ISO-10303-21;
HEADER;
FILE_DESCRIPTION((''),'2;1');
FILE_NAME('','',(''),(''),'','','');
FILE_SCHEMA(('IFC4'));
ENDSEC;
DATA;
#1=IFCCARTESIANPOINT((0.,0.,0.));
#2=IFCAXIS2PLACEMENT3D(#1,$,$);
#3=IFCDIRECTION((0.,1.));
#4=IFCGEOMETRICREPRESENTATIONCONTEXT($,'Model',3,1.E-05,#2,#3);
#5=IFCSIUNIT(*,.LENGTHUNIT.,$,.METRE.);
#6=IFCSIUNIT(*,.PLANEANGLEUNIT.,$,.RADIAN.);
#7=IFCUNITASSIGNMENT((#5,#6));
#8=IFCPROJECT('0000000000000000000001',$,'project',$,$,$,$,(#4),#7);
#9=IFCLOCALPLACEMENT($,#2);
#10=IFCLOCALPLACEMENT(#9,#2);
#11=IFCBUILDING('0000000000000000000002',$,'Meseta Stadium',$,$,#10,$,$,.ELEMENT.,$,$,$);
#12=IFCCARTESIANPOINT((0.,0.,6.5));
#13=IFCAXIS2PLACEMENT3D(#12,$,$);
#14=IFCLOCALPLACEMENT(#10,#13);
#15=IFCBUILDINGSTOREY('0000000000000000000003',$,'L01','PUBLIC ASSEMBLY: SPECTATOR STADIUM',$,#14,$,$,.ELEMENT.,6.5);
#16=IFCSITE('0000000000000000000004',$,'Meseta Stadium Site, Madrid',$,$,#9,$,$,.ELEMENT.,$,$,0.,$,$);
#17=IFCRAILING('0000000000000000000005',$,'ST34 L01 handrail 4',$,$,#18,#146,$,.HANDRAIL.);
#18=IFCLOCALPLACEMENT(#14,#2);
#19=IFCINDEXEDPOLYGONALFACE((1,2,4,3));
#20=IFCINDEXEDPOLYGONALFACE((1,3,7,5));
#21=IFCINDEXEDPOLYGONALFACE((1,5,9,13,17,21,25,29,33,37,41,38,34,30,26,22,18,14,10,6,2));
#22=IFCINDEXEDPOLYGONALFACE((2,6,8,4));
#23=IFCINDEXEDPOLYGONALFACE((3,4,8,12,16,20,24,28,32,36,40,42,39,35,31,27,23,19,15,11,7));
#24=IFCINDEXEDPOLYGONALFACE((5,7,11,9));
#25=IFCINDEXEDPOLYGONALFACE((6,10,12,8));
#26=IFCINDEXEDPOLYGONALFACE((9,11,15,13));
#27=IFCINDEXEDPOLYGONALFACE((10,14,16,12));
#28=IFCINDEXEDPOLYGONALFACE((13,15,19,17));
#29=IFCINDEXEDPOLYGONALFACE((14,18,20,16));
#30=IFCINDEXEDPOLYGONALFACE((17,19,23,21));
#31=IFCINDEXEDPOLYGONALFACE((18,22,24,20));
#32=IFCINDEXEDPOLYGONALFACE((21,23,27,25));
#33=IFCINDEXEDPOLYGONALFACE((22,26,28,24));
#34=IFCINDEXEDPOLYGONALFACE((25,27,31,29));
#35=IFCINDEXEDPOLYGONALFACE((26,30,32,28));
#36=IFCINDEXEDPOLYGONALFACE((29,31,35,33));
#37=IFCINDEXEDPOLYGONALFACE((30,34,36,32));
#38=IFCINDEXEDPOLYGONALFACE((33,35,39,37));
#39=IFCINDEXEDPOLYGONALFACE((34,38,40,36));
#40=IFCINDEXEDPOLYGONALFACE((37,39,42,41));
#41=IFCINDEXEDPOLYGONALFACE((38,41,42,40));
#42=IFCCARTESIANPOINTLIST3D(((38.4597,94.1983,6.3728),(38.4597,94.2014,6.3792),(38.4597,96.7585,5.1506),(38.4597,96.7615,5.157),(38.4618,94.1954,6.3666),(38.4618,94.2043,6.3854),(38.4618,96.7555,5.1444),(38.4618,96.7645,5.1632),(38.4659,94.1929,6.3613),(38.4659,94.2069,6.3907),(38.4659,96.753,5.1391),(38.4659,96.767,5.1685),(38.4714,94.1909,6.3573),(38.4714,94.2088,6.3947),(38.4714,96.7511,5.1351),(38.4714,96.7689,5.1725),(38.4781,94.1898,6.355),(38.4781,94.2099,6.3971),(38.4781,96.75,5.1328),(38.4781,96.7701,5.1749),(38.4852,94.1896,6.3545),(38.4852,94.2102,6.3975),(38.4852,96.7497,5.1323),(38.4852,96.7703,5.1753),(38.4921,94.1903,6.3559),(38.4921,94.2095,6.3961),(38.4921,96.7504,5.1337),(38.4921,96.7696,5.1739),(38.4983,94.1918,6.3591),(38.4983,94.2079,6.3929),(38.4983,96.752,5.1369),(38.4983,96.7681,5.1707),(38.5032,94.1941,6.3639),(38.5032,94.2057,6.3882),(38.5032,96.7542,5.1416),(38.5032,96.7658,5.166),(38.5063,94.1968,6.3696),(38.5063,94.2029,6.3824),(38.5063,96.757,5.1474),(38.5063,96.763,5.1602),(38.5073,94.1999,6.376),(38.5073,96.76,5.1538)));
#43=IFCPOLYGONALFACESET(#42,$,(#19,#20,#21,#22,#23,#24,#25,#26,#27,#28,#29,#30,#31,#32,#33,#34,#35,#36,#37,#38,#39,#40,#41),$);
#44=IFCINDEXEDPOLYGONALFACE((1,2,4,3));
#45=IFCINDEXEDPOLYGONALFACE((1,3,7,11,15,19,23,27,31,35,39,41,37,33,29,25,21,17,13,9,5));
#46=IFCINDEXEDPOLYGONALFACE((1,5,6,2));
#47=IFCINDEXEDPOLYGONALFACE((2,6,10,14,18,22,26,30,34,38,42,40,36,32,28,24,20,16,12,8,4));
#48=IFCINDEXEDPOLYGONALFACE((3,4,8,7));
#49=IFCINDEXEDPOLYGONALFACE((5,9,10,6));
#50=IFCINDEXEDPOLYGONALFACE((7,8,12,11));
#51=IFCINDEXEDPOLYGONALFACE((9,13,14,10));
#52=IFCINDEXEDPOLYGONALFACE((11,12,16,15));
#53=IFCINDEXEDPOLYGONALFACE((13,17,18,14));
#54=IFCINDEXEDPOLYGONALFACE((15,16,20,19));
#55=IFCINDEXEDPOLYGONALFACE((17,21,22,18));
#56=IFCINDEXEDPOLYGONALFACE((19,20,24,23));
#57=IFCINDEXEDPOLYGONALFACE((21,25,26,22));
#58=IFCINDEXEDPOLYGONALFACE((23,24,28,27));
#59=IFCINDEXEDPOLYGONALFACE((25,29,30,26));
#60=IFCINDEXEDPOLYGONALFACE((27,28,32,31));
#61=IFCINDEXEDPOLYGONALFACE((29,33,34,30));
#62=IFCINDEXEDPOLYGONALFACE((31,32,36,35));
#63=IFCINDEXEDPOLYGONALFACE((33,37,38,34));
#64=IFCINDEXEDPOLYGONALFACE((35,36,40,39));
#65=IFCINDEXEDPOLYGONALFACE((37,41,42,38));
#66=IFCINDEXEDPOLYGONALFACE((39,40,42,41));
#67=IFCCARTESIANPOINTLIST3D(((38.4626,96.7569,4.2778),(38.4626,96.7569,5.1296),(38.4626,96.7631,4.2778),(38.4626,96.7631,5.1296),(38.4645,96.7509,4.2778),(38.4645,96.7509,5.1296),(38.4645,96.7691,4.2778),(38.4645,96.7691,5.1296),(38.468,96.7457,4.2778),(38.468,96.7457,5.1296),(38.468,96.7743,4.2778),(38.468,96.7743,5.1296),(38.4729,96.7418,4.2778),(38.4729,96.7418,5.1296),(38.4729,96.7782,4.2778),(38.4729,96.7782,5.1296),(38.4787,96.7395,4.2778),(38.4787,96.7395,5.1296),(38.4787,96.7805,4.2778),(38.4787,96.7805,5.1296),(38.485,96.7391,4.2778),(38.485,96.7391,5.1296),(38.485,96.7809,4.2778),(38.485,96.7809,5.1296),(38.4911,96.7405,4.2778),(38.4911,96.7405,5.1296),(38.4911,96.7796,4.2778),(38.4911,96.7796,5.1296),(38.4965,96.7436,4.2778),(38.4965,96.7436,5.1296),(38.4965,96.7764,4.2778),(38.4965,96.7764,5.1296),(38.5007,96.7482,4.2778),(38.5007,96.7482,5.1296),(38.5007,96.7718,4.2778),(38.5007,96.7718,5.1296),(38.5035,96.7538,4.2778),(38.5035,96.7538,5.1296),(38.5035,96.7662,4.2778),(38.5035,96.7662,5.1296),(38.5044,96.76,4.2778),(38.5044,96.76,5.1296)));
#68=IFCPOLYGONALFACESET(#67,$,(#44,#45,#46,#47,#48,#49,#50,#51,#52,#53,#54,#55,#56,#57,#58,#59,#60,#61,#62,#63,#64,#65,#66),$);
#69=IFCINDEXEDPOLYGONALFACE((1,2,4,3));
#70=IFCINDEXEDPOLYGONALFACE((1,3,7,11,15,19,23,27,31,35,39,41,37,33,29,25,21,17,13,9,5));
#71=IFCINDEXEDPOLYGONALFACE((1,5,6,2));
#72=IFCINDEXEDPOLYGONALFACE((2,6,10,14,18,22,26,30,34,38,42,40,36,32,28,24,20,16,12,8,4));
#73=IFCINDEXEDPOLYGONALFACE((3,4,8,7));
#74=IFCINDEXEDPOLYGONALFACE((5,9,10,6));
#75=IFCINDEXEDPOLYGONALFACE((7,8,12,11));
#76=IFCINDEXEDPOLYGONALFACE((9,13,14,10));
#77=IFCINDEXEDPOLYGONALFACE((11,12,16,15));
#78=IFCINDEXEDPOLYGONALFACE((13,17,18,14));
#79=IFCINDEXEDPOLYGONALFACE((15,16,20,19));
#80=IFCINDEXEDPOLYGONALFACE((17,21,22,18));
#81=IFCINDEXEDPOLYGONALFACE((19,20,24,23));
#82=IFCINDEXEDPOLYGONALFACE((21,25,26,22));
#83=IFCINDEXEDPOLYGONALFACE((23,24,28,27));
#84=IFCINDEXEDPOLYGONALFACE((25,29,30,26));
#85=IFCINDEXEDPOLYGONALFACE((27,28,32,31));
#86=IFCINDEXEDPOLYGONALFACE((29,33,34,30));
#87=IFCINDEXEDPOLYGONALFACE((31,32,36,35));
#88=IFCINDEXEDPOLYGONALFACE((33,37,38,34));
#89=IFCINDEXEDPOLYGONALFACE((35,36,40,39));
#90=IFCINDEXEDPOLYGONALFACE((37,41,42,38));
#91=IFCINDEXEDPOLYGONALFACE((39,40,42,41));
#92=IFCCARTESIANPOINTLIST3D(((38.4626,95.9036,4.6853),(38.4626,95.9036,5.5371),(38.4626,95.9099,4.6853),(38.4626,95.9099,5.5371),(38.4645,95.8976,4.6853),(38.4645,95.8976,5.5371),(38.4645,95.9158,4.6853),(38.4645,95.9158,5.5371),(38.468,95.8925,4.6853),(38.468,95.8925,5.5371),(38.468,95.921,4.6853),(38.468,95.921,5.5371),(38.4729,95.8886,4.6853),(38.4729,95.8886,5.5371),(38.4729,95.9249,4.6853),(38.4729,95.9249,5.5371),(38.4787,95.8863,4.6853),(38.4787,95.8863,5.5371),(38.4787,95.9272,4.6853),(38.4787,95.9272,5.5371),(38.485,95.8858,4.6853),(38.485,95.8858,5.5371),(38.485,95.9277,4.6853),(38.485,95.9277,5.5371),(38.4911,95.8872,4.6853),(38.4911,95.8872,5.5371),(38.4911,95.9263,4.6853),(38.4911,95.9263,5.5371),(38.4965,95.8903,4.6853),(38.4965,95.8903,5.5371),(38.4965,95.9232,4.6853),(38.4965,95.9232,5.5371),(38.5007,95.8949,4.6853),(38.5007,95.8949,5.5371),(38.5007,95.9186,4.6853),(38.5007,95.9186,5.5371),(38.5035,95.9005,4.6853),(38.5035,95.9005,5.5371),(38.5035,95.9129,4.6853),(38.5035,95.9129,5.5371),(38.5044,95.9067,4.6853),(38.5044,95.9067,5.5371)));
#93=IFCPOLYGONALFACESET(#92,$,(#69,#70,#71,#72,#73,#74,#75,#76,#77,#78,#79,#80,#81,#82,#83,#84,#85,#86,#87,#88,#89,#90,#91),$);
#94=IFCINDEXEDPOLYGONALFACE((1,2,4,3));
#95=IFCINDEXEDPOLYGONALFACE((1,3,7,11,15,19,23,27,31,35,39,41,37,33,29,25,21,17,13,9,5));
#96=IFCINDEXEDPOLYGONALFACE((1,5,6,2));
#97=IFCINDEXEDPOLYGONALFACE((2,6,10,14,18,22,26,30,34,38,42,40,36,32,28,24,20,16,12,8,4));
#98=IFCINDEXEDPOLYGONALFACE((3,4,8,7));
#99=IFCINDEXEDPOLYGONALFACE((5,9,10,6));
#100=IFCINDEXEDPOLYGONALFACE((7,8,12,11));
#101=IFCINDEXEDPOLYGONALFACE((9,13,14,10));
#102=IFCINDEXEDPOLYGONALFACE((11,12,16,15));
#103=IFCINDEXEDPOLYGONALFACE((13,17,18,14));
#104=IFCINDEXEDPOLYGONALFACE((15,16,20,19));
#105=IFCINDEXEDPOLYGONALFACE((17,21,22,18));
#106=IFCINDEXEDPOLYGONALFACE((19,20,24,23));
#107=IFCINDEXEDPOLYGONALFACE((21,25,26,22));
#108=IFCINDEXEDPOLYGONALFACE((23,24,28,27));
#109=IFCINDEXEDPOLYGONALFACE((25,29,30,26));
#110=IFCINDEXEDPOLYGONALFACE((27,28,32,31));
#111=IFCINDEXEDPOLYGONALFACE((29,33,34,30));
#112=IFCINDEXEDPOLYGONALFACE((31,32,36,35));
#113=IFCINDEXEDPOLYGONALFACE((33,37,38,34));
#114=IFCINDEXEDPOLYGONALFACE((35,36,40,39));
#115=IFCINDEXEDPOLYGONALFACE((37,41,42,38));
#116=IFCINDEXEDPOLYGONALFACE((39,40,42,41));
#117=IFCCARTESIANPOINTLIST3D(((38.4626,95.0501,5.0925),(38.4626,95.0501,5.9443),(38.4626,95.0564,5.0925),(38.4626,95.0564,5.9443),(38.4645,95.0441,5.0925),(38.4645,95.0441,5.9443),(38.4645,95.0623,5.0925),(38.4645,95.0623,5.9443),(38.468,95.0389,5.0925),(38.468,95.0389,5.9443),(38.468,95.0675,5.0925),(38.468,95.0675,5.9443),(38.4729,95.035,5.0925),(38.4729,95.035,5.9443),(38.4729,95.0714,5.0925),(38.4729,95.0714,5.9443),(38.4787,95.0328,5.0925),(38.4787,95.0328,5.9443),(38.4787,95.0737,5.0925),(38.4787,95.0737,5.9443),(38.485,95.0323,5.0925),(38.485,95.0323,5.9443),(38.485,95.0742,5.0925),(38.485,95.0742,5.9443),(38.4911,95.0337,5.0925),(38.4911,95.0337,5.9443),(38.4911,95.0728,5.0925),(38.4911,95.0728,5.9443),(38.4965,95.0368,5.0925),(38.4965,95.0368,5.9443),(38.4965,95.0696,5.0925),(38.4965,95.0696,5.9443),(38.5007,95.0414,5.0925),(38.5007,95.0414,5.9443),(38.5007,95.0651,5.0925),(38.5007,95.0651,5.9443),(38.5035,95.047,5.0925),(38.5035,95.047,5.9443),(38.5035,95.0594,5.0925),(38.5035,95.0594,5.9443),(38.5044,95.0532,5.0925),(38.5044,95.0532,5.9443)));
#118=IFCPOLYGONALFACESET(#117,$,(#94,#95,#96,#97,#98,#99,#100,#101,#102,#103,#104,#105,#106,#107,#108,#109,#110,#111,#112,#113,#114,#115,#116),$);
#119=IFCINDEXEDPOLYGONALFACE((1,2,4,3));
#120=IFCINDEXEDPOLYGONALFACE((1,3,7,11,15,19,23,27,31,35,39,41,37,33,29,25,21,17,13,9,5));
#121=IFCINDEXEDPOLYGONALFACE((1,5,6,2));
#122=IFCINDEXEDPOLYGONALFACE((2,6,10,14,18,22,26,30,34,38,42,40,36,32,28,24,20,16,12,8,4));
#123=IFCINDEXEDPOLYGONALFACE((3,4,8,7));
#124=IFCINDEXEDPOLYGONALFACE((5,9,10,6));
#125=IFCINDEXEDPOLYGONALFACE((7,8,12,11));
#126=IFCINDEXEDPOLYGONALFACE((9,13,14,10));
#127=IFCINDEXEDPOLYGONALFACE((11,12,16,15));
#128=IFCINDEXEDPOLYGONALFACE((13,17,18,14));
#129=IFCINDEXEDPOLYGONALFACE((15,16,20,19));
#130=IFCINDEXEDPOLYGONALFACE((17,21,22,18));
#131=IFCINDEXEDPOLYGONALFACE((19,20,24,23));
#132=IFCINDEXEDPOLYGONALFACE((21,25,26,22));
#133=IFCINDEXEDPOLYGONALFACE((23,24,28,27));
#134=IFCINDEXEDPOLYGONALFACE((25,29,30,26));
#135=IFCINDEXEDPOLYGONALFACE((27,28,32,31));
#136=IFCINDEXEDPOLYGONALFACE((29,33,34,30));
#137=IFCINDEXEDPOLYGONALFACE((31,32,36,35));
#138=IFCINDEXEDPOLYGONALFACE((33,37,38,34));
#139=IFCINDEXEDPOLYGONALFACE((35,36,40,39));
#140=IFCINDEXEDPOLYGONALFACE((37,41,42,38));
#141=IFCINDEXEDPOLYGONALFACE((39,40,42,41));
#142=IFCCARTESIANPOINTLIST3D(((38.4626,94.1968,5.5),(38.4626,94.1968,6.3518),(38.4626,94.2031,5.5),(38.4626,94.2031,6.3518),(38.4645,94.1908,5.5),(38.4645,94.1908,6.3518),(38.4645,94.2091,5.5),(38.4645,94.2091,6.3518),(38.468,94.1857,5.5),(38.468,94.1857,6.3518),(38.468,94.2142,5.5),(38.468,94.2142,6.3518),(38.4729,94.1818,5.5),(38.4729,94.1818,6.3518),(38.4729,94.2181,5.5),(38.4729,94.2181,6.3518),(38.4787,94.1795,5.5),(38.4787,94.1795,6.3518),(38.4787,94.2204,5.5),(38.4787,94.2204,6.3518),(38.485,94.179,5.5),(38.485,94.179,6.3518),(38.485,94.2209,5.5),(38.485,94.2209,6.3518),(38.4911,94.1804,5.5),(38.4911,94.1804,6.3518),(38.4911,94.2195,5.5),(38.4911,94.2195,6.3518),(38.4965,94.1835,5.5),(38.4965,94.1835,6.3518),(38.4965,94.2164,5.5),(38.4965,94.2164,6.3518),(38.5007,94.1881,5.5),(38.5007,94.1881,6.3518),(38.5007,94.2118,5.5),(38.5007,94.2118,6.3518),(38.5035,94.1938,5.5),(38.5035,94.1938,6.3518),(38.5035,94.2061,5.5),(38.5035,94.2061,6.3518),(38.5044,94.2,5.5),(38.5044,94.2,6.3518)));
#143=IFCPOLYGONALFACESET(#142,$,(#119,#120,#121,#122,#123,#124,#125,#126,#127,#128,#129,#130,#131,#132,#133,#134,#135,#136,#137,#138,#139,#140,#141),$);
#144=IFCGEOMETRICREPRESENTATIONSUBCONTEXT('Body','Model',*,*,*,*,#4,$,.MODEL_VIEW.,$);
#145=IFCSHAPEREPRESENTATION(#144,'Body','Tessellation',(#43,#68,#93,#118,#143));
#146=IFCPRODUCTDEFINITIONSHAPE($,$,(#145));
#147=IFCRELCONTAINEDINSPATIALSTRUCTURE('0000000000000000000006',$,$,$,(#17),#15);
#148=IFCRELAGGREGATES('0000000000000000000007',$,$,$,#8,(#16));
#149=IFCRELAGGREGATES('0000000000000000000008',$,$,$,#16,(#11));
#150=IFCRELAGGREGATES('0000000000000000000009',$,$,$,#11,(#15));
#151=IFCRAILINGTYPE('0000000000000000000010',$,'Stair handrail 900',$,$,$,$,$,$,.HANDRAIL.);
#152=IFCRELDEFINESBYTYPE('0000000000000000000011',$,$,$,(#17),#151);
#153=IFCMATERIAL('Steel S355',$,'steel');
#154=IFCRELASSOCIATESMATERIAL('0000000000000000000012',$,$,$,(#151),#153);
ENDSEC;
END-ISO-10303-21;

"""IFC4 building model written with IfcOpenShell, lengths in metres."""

from ifc_helpers import new_model, si_unit, direction, frame, origin, origin_2d, place, context, subcontext, project, spatial, circle, extrude, material, type_object, element, save


model = new_model("IFC4")

# Units and contexts
model_context = context("Model", 3, precision=1e-05, world=origin(), true_north=direction((0.0, 1.0)))
body_context = subcontext(model_context, "Body", "Model", "MODEL_VIEW")
ifc_project = project(units=[si_unit("LENGTHUNIT", "METRE"), si_unit("PLANEANGLEUNIT", "RADIAN")], contexts=[model_context])

# Site, building, storey
site_placement = place(None, origin())
site = spatial("IfcSite", under=ifc_project, at=site_placement, Name="Meseta Stadium Site, Madrid", CompositionType="ELEMENT", RefElevation=0.0)
building_placement = place(site_placement, origin())
building = spatial("IfcBuilding", under=site, at=building_placement, Name="Meseta Stadium", CompositionType="ELEMENT")
storey_placement = place(building_placement, frame((0.0, 0.0, 6.5)))
storey = spatial("IfcBuildingStorey", under=building, at=storey_placement, Name="L01", Description="PUBLIC ASSEMBLY: SPECTATOR STADIUM", CompositionType="ELEMENT", Elevation=6.5)

# Railing
ifc_material_1 = material(Name="Steel S355", Category="steel")
railing_type_1 = type_object("IfcRailingType", Name="Stair handrail 900", PredefinedType="HANDRAIL", material=ifc_material_1)
railing_1_placement = place(storey_placement, frame((38.4834, 96.76, 4.2778)))
element("IfcRailing", 1, at=railing_1_placement, inside=storey, type_object=railing_type_1, Name="ST34 L01 handrail 4", PredefinedType="HANDRAIL", context=body_context, shape_type="SweptSolid", body=[
    extrude(circle(Radius=0.0239, at=origin_2d()), frame((0.0, 0.0, 0.876), z_axis=(0.0, -0.902437, 0.430822), x_axis=(1.0, 0.0, 0.0)), (0.0, 0.0, 1.0), 2.8369),
    extrude(circle(Radius=0.021, at=origin_2d()), origin(), (0.0, 0.0, 1.0), 0.8518),
    extrude(circle(Radius=0.021, at=origin_2d()), frame((0.0, -0.8533, 0.4075)), (0.0, 0.0, 1.0), 0.8518),
    extrude(circle(Radius=0.021, at=origin_2d()), frame((0.0, -1.7068, 0.8147)), (0.0, 0.0, 1.0), 0.8518),
    extrude(circle(Radius=0.021, at=origin_2d()), frame((0.0, -2.5601, 1.2222)), (0.0, 0.0, 1.0), 0.8518),
])

save(model, "model.ifc")
